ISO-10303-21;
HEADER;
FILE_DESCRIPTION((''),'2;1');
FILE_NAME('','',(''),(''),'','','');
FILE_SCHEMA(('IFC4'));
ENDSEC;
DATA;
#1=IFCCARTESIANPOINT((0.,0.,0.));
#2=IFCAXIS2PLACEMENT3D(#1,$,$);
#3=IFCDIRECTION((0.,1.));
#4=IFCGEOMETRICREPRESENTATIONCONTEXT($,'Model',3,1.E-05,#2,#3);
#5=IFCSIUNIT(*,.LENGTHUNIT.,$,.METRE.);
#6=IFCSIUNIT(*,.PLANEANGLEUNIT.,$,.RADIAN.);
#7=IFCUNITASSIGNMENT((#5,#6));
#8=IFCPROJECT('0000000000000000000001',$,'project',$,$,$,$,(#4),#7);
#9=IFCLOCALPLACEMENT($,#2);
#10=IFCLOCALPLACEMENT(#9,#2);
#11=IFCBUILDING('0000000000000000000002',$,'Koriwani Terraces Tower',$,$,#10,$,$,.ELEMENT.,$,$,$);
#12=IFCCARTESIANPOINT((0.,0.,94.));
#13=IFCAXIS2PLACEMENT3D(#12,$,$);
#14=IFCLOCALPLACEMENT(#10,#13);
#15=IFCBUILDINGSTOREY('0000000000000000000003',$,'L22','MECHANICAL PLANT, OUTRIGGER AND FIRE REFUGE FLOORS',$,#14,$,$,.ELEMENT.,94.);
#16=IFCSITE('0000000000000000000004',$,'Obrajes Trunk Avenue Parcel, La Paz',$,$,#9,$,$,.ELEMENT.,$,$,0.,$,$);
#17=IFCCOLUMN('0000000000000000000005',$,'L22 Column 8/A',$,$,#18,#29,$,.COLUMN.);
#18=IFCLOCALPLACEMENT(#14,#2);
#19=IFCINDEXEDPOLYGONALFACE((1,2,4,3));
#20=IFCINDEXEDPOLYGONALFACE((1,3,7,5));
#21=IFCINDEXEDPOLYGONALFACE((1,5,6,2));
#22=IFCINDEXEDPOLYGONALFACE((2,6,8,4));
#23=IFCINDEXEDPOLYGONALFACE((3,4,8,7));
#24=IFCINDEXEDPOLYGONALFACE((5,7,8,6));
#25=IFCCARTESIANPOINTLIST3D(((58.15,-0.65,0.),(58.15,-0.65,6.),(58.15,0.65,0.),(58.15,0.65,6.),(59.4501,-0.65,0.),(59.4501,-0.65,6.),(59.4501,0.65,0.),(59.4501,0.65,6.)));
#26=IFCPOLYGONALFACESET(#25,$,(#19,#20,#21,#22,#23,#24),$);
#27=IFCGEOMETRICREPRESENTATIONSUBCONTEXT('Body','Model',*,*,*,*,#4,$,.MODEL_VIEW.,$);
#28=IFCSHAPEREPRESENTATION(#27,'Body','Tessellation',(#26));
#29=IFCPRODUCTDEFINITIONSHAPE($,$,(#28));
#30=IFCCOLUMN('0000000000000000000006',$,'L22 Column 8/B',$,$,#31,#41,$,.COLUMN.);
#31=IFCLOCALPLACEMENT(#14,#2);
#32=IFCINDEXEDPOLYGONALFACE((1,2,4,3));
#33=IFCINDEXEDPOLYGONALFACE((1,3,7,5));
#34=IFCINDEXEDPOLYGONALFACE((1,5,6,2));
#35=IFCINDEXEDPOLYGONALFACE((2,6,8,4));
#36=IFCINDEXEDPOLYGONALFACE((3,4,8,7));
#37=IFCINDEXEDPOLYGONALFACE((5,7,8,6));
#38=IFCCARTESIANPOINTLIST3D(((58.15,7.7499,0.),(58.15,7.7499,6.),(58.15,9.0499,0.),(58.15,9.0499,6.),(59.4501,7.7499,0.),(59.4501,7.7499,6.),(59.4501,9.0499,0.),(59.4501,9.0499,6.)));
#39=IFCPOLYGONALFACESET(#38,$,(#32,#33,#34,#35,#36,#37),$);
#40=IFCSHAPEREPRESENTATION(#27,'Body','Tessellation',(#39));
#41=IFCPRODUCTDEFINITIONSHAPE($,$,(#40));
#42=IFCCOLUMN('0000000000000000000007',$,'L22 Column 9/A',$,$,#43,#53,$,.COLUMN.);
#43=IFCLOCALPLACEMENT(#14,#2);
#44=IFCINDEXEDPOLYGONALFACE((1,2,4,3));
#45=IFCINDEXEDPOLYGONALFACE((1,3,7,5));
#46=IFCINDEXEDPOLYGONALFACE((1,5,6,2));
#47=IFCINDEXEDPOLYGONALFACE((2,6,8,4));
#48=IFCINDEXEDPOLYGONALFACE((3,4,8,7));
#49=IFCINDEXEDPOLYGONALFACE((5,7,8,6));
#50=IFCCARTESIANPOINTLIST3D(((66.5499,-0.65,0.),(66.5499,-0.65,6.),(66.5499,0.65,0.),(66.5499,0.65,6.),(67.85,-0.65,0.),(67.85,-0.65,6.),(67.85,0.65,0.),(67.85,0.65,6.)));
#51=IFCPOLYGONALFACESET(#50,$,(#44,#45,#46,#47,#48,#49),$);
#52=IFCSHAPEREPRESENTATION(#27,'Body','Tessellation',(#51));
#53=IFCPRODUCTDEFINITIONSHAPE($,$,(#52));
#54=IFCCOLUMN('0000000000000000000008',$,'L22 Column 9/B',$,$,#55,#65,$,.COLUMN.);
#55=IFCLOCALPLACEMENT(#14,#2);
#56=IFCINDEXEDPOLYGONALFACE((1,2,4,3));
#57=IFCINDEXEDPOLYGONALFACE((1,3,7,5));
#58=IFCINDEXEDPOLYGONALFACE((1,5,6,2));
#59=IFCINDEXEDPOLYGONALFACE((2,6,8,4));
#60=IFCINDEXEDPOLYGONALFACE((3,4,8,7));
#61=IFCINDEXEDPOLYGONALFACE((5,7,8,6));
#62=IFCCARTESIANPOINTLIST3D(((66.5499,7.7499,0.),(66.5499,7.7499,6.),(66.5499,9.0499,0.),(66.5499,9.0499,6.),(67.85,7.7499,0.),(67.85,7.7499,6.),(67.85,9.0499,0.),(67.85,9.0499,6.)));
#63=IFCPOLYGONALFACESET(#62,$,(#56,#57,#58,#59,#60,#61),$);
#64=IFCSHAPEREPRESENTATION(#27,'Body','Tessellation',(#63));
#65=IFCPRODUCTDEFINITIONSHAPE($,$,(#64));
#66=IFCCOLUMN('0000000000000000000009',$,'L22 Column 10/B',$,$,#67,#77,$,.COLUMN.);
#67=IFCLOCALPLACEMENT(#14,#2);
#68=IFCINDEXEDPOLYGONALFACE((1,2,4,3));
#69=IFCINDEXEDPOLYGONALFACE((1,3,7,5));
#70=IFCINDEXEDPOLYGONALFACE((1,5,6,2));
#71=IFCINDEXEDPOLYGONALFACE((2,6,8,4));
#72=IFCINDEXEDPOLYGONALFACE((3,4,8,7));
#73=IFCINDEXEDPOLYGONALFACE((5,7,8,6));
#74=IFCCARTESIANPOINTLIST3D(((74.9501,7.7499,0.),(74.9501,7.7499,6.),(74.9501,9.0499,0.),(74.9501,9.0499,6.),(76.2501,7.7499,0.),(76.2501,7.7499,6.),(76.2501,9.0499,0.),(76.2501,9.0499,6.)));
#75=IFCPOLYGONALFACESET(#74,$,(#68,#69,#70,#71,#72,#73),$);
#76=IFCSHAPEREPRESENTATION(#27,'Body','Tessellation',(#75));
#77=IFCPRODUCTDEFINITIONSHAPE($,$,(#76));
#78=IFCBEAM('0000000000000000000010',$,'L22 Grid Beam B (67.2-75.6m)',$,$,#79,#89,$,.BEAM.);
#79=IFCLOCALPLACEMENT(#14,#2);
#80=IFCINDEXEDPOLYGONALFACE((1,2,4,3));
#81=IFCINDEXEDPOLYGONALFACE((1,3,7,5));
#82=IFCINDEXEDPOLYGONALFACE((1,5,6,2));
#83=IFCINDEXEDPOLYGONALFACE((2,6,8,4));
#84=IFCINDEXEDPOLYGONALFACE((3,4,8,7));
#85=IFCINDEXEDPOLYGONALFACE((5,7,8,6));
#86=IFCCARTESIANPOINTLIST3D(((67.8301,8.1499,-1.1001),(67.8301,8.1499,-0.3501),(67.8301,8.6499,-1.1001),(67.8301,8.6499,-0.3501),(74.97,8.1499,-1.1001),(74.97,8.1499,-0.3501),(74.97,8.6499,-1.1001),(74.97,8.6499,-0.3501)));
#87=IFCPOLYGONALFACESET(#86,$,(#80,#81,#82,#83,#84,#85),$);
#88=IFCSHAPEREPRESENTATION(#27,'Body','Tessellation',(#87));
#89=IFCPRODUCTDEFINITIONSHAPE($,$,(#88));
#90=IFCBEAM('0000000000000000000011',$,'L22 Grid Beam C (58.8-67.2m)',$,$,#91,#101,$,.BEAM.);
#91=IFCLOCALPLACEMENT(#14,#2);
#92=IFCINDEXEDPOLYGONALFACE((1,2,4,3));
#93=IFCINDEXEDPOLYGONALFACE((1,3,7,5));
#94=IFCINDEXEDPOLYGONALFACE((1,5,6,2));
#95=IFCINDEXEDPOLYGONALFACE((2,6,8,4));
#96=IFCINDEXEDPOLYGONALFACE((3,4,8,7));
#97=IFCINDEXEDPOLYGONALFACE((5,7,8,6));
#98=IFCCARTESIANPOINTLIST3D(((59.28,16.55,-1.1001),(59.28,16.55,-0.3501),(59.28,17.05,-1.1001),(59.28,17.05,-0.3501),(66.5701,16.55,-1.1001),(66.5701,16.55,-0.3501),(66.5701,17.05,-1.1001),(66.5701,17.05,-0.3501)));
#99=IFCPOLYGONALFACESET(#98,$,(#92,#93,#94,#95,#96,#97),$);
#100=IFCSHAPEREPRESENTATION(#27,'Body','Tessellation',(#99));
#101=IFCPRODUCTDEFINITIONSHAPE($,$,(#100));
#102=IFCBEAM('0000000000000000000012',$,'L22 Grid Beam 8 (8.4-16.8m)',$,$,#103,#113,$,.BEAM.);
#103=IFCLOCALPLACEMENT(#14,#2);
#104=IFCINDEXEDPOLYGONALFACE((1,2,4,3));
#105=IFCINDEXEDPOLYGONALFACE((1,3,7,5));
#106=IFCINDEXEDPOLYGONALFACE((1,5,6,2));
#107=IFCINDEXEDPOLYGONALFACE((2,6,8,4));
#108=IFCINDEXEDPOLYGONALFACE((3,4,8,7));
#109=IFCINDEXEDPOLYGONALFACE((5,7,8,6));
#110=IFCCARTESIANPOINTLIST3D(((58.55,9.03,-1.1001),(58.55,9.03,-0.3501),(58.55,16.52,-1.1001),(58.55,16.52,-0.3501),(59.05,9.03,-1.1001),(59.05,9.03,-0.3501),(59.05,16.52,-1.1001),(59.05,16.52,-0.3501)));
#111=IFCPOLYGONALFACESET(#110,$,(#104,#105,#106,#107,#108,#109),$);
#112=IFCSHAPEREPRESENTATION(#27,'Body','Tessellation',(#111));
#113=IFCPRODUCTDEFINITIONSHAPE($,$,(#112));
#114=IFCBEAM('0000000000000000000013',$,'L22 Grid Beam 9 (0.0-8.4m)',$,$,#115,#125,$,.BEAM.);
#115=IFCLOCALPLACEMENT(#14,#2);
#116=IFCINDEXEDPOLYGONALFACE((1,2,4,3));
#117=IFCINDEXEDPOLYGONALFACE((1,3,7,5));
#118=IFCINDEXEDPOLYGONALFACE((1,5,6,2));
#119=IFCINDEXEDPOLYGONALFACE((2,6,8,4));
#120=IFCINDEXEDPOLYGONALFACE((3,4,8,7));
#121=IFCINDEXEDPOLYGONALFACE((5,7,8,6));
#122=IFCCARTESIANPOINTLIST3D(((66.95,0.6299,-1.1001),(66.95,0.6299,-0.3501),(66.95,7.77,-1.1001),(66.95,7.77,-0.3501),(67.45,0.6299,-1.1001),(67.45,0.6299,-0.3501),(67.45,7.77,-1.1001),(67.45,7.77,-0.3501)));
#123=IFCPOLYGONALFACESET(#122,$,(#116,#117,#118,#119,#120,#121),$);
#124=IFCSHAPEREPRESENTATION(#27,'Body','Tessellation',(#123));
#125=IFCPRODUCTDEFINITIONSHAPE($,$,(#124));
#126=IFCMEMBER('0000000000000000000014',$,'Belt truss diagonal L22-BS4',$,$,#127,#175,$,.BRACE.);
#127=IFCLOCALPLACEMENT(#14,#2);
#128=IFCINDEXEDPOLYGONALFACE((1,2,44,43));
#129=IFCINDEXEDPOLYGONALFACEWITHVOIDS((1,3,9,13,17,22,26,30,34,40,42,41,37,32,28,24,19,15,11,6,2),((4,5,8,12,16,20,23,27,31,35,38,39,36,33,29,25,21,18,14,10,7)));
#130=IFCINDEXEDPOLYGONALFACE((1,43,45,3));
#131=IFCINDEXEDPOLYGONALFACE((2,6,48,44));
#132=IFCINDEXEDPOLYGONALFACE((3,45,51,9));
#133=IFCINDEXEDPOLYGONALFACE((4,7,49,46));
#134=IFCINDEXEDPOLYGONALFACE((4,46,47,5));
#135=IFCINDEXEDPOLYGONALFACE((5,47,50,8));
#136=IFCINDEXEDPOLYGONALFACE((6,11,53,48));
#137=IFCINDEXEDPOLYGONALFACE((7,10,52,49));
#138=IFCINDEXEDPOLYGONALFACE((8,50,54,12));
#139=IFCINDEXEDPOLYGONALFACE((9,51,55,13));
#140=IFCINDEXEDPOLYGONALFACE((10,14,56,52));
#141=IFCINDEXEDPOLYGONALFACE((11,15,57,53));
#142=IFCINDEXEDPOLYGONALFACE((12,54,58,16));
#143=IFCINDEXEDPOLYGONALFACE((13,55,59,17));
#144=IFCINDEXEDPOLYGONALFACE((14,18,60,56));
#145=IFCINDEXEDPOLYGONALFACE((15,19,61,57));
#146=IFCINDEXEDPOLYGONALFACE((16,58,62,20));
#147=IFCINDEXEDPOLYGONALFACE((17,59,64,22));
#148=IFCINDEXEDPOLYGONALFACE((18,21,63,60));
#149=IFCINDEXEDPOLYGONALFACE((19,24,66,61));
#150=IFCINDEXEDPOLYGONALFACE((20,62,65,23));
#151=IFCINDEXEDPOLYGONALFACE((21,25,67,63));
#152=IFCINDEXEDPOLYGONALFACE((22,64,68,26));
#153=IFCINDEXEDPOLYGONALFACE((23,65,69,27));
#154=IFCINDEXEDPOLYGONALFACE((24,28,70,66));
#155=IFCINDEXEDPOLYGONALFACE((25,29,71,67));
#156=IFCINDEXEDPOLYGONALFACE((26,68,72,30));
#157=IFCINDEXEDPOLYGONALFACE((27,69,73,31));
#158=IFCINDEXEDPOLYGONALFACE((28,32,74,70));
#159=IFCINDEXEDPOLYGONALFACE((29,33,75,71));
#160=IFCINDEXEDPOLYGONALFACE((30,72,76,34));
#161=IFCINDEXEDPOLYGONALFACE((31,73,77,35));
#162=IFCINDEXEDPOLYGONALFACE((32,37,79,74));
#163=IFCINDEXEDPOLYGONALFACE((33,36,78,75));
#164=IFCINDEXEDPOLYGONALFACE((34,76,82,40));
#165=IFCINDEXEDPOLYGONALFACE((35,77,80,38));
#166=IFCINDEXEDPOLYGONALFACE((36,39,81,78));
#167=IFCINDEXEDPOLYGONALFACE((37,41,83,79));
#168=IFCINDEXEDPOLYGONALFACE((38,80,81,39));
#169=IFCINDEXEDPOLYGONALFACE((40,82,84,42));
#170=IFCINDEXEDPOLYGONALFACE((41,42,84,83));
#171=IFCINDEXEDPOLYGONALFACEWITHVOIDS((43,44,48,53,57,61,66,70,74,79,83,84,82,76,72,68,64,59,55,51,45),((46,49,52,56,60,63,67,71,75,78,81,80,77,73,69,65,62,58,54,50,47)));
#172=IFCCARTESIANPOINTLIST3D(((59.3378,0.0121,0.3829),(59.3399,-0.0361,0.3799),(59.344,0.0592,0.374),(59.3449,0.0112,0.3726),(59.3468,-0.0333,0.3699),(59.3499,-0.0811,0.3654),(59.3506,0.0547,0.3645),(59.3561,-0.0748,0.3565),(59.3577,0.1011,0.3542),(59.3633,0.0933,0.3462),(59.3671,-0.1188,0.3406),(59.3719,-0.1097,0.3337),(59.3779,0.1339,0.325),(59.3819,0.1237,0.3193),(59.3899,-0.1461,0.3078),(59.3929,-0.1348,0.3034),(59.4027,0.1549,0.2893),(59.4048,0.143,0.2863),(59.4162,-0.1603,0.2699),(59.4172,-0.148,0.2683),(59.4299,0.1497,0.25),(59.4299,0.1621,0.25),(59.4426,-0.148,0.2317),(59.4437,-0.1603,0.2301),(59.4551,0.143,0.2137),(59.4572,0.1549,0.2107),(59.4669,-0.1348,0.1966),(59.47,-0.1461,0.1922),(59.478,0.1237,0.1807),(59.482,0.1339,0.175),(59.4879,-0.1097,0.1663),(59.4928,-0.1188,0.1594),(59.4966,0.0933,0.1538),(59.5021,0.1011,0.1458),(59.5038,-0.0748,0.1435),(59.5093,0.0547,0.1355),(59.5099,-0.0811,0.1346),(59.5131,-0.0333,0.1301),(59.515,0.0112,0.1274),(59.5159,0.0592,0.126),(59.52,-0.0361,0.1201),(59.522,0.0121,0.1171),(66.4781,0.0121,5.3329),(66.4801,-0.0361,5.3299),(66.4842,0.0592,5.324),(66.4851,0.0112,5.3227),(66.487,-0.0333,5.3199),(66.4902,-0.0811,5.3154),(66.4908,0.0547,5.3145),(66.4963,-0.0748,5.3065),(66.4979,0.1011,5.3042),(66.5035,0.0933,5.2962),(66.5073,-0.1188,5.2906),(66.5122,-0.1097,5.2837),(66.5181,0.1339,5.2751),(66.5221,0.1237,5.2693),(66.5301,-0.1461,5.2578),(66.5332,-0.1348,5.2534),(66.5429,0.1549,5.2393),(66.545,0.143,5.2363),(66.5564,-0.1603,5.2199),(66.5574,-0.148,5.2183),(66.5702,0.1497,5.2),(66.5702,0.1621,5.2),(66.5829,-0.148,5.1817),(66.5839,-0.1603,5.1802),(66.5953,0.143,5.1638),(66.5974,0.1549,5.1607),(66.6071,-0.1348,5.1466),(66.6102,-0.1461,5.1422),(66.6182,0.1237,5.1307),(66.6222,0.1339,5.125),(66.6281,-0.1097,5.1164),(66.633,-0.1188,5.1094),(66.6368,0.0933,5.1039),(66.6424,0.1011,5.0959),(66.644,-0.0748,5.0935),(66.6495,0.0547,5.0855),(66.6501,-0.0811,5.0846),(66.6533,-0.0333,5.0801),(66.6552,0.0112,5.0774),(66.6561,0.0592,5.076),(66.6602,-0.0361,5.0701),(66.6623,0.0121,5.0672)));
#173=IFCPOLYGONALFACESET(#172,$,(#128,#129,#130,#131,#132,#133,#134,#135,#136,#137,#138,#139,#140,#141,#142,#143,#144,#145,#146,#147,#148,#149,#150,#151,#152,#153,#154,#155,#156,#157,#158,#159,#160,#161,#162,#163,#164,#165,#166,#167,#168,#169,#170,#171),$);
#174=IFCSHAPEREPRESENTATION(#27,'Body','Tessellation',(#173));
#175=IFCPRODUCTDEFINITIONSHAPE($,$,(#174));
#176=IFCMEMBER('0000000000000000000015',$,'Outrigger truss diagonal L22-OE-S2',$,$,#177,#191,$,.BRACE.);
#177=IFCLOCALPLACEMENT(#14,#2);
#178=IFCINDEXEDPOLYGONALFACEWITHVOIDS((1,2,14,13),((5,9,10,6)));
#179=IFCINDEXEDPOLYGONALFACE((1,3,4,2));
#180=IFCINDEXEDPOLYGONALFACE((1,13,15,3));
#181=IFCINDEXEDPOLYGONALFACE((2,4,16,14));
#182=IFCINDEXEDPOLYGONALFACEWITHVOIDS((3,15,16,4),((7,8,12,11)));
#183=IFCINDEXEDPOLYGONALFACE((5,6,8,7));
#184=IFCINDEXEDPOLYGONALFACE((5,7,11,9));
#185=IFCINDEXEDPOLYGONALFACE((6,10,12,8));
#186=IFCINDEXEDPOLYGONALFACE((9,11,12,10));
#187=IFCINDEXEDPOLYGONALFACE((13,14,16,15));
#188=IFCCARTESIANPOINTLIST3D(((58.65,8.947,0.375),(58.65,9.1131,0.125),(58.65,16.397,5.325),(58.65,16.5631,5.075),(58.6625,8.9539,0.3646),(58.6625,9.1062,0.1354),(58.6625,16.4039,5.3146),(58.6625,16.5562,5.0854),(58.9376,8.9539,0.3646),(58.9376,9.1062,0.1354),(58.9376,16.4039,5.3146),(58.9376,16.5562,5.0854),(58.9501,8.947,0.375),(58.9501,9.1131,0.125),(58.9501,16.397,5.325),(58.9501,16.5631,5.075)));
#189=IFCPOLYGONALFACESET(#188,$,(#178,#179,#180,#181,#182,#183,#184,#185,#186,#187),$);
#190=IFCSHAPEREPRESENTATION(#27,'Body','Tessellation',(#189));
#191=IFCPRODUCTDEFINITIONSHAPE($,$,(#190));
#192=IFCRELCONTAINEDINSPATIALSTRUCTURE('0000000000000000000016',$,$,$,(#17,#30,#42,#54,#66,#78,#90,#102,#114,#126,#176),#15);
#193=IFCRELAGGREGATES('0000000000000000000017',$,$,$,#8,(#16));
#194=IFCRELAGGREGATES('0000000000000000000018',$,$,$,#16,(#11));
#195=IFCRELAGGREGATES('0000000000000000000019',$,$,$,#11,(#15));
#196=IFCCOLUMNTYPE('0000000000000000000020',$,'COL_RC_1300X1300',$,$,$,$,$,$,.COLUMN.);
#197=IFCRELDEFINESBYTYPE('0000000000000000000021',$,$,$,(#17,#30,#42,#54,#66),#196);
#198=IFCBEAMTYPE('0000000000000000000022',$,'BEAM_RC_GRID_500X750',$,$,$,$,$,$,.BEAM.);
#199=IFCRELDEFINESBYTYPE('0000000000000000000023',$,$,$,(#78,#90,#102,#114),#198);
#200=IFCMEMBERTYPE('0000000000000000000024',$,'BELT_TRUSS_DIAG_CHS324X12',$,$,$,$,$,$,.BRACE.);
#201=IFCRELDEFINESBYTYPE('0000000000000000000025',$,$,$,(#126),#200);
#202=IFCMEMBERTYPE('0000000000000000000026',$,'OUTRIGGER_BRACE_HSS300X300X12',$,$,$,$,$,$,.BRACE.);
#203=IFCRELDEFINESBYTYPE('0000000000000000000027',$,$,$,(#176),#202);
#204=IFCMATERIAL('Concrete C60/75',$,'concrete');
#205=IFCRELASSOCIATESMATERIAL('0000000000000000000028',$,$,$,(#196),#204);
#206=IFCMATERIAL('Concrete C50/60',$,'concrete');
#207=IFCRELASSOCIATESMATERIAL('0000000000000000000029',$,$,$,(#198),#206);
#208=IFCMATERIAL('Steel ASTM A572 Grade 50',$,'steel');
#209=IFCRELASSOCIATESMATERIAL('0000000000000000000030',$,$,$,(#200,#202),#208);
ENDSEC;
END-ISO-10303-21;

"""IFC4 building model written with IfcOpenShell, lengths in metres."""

from ifc_helpers import new_model, si_unit, direction, frame, origin, origin_2d, place, context, subcontext, project, spatial, rectangle, hollow_rectangle, hollow_circle, extrude, material, material_profile, profile_set, type_object, element, save


model = new_model("IFC4")

# Units and contexts
model_context = context("Model", 3, precision=1e-05, world=origin(), true_north=direction((0.0, 1.0)))
body_context = subcontext(model_context, "Body", "Model", "MODEL_VIEW")
ifc_project = project(units=[si_unit("LENGTHUNIT", "METRE"), si_unit("PLANEANGLEUNIT", "RADIAN")], contexts=[model_context])

# Site, building, storey
site_placement = place(None, origin())
site = spatial("IfcSite", under=ifc_project, at=site_placement, Name="Obrajes Trunk Avenue Parcel, La Paz", CompositionType="ELEMENT", RefElevation=0.0)
building_placement = place(site_placement, origin())
building = spatial("IfcBuilding", under=site, at=building_placement, Name="Koriwani Terraces Tower", CompositionType="ELEMENT")
storey_placement = place(building_placement, frame((0.0, 0.0, 94.0)))
storey = spatial("IfcBuildingStorey", under=building, at=storey_placement, Name="L22", Description="MECHANICAL PLANT, OUTRIGGER AND FIRE REFUGE FLOORS", CompositionType="ELEMENT", Elevation=94.0)

# Columns
ifc_material_1 = material(Name="Concrete C60/75", Category="concrete")
ifc_material_profile_1 = material_profile(ifc_material_1, rectangle(XDim=1.3, YDim=1.3, at=origin_2d()), Name="Concrete C60/75", Category="LoadBearing")
ifc_profile_set_1 = profile_set([ifc_material_profile_1], Name="Concrete C60/75")
column_type = type_object("IfcColumnType", Name="COL_RC_1300X1300", PredefinedType="COLUMN", material=ifc_profile_set_1)
for number, where, z_axis, x_axis, name in (
    (1, (58.8, 0.0, 0.0), (0.0, 0.0, 1.0), (1.0, 0.0, 0.0), "L22 Column 8/A"),
    (2, (58.8, 8.3999, 0.0), (0.0, 0.0, 1.0), (1.0, 0.0, 0.0), "L22 Column 8/B"),
    (3, (67.2, 0.0, 0.0), (0.0, 0.0, 1.0), (1.0, 0.0, 0.0), "L22 Column 9/A"),
    (4, (67.2, 8.3999, 0.0), (0.0, 0.0, 1.0), (1.0, 0.0, 0.0), "L22 Column 9/B"),
    (5, (75.6001, 8.3999, 0.0), (0.0, 0.0, 1.0), (1.0, 0.0, 0.0), "L22 Column 10/B"),
):
    element("IfcColumn", number, at=place(storey_placement, frame(where, z_axis=z_axis, x_axis=x_axis)), inside=storey, type_object=column_type, Name=name, PredefinedType="COLUMN", context=body_context, shape_type="SweptSolid", body=[
        extrude(rectangle(XDim=1.3, YDim=1.3, at=origin_2d()), origin(), (0.0, 0.0, 1.0), 6.0),
    ])

# Beams
ifc_material_2 = material(Name="Concrete C50/60", Category="concrete")
ifc_material_profile_2 = material_profile(ifc_material_2, rectangle(XDim=0.5, YDim=0.75, at=origin_2d()), Name="Concrete C50/60", Category="LoadBearing")
ifc_profile_set_2 = profile_set([ifc_material_profile_2], Name="Concrete C50/60")
beam_type_1 = type_object("IfcBeamType", Name="BEAM_RC_GRID_500X750", PredefinedType="BEAM", material=ifc_profile_set_2)
beam_1_placement = place(storey_placement, frame((67.8301, 8.3999, -0.7251), z_axis=(1.0, 0.0, 0.0), x_axis=(0.0, 1.0, 0.0)))
element("IfcBeam", 6, at=beam_1_placement, inside=storey, type_object=beam_type_1, Name="L22 Grid Beam B (67.2-75.6m)", PredefinedType="BEAM", context=body_context, shape_type="SweptSolid", body=[
    extrude(rectangle(XDim=0.5, YDim=0.75, at=origin_2d()), origin(), (0.0, 0.0, 1.0), 7.1399),
])
beam_2_placement = place(storey_placement, frame((59.28, 16.8, -0.7251), z_axis=(1.0, 0.0, 0.0), x_axis=(0.0, 1.0, 0.0)))
element("IfcBeam", 7, at=beam_2_placement, inside=storey, type_object=beam_type_1, Name="L22 Grid Beam C (58.8-67.2m)", PredefinedType="BEAM", context=body_context, shape_type="SweptSolid", body=[
    extrude(rectangle(XDim=0.5, YDim=0.75, at=origin_2d()), origin(), (0.0, 0.0, 1.0), 7.29),
])
beam_3_placement = place(storey_placement, frame((58.8, 9.03, -0.7251), z_axis=(0.0, 1.0, 0.0), x_axis=(-1.0, 0.0, 0.0)))
element("IfcBeam", 8, at=beam_3_placement, inside=storey, type_object=beam_type_1, Name="L22 Grid Beam 8 (8.4-16.8m)", PredefinedType="BEAM", context=body_context, shape_type="SweptSolid", body=[
    extrude(rectangle(XDim=0.5, YDim=0.75, at=origin_2d()), origin(), (0.0, 0.0, 1.0), 7.49),
])
beam_4_placement = place(storey_placement, frame((67.2, 0.6299, -0.7251), z_axis=(0.0, 1.0, 0.0), x_axis=(-1.0, 0.0, 0.0)))
element("IfcBeam", 9, at=beam_4_placement, inside=storey, type_object=beam_type_1, Name="L22 Grid Beam 9 (0.0-8.4m)", PredefinedType="BEAM", context=body_context, shape_type="SweptSolid", body=[
    extrude(rectangle(XDim=0.5, YDim=0.75, at=origin_2d()), origin(), (0.0, 0.0, 1.0), 7.1401),
])

# Members
ifc_material_3 = material(Name="Steel ASTM A572 Grade 50", Category="steel")
ifc_material_profile_3 = material_profile(ifc_material_3, hollow_circle(Radius=0.1621, WallThickness=0.0125, at=origin_2d()), Name="Steel ASTM A572 Grade 50", Category="LoadBearing")
ifc_profile_set_3 = profile_set([ifc_material_profile_3], Name="Steel ASTM A572 Grade 50")
member_type_1 = type_object("IfcMemberType", Name="BELT_TRUSS_DIAG_CHS324X12", PredefinedType="BRACE", material=ifc_profile_set_3)
member_1_placement = place(storey_placement, frame((59.4299, 0.0, 0.25), z_axis=(0.821827, 0.0, 0.569737), x_axis=(0.0, 1.0, 0.0)))
element("IfcMember", 10, at=member_1_placement, inside=storey, type_object=member_type_1, Name="Belt truss diagonal L22-BS4", PredefinedType="BRACE", context=body_context, shape_type="SweptSolid", body=[
    extrude(hollow_circle(Radius=0.1621, WallThickness=0.0125, at=origin_2d()), origin(), (0.0, 0.0, 1.0), 8.6882),
])
ifc_material_profile_4 = material_profile(ifc_material_3, hollow_rectangle(XDim=0.3, YDim=0.3, WallThickness=0.0125, at=origin_2d()), Name="Steel ASTM A572 Grade 50", Category="LoadBearing")
ifc_profile_set_4 = profile_set([ifc_material_profile_4], Name="Steel ASTM A572 Grade 50")
member_type_2 = type_object("IfcMemberType", Name="OUTRIGGER_BRACE_HSS300X300X12", PredefinedType="BRACE", material=ifc_profile_set_4)
member_2_placement = place(storey_placement, frame((58.8, 9.03, 0.25), z_axis=(0.0, 0.83291, 0.553408), x_axis=(-1.0, 0.0, 0.0)))
element("IfcMember", 11, at=member_2_placement, inside=storey, type_object=member_type_2, Name="Outrigger truss diagonal L22-OE-S2", PredefinedType="BRACE", context=body_context, shape_type="SweptSolid", body=[
    extrude(hollow_rectangle(XDim=0.3, YDim=0.3, WallThickness=0.0125, at=origin_2d()), origin(), (0.0, 0.0, 1.0), 8.9446),
])

save(model, "model.ifc")
